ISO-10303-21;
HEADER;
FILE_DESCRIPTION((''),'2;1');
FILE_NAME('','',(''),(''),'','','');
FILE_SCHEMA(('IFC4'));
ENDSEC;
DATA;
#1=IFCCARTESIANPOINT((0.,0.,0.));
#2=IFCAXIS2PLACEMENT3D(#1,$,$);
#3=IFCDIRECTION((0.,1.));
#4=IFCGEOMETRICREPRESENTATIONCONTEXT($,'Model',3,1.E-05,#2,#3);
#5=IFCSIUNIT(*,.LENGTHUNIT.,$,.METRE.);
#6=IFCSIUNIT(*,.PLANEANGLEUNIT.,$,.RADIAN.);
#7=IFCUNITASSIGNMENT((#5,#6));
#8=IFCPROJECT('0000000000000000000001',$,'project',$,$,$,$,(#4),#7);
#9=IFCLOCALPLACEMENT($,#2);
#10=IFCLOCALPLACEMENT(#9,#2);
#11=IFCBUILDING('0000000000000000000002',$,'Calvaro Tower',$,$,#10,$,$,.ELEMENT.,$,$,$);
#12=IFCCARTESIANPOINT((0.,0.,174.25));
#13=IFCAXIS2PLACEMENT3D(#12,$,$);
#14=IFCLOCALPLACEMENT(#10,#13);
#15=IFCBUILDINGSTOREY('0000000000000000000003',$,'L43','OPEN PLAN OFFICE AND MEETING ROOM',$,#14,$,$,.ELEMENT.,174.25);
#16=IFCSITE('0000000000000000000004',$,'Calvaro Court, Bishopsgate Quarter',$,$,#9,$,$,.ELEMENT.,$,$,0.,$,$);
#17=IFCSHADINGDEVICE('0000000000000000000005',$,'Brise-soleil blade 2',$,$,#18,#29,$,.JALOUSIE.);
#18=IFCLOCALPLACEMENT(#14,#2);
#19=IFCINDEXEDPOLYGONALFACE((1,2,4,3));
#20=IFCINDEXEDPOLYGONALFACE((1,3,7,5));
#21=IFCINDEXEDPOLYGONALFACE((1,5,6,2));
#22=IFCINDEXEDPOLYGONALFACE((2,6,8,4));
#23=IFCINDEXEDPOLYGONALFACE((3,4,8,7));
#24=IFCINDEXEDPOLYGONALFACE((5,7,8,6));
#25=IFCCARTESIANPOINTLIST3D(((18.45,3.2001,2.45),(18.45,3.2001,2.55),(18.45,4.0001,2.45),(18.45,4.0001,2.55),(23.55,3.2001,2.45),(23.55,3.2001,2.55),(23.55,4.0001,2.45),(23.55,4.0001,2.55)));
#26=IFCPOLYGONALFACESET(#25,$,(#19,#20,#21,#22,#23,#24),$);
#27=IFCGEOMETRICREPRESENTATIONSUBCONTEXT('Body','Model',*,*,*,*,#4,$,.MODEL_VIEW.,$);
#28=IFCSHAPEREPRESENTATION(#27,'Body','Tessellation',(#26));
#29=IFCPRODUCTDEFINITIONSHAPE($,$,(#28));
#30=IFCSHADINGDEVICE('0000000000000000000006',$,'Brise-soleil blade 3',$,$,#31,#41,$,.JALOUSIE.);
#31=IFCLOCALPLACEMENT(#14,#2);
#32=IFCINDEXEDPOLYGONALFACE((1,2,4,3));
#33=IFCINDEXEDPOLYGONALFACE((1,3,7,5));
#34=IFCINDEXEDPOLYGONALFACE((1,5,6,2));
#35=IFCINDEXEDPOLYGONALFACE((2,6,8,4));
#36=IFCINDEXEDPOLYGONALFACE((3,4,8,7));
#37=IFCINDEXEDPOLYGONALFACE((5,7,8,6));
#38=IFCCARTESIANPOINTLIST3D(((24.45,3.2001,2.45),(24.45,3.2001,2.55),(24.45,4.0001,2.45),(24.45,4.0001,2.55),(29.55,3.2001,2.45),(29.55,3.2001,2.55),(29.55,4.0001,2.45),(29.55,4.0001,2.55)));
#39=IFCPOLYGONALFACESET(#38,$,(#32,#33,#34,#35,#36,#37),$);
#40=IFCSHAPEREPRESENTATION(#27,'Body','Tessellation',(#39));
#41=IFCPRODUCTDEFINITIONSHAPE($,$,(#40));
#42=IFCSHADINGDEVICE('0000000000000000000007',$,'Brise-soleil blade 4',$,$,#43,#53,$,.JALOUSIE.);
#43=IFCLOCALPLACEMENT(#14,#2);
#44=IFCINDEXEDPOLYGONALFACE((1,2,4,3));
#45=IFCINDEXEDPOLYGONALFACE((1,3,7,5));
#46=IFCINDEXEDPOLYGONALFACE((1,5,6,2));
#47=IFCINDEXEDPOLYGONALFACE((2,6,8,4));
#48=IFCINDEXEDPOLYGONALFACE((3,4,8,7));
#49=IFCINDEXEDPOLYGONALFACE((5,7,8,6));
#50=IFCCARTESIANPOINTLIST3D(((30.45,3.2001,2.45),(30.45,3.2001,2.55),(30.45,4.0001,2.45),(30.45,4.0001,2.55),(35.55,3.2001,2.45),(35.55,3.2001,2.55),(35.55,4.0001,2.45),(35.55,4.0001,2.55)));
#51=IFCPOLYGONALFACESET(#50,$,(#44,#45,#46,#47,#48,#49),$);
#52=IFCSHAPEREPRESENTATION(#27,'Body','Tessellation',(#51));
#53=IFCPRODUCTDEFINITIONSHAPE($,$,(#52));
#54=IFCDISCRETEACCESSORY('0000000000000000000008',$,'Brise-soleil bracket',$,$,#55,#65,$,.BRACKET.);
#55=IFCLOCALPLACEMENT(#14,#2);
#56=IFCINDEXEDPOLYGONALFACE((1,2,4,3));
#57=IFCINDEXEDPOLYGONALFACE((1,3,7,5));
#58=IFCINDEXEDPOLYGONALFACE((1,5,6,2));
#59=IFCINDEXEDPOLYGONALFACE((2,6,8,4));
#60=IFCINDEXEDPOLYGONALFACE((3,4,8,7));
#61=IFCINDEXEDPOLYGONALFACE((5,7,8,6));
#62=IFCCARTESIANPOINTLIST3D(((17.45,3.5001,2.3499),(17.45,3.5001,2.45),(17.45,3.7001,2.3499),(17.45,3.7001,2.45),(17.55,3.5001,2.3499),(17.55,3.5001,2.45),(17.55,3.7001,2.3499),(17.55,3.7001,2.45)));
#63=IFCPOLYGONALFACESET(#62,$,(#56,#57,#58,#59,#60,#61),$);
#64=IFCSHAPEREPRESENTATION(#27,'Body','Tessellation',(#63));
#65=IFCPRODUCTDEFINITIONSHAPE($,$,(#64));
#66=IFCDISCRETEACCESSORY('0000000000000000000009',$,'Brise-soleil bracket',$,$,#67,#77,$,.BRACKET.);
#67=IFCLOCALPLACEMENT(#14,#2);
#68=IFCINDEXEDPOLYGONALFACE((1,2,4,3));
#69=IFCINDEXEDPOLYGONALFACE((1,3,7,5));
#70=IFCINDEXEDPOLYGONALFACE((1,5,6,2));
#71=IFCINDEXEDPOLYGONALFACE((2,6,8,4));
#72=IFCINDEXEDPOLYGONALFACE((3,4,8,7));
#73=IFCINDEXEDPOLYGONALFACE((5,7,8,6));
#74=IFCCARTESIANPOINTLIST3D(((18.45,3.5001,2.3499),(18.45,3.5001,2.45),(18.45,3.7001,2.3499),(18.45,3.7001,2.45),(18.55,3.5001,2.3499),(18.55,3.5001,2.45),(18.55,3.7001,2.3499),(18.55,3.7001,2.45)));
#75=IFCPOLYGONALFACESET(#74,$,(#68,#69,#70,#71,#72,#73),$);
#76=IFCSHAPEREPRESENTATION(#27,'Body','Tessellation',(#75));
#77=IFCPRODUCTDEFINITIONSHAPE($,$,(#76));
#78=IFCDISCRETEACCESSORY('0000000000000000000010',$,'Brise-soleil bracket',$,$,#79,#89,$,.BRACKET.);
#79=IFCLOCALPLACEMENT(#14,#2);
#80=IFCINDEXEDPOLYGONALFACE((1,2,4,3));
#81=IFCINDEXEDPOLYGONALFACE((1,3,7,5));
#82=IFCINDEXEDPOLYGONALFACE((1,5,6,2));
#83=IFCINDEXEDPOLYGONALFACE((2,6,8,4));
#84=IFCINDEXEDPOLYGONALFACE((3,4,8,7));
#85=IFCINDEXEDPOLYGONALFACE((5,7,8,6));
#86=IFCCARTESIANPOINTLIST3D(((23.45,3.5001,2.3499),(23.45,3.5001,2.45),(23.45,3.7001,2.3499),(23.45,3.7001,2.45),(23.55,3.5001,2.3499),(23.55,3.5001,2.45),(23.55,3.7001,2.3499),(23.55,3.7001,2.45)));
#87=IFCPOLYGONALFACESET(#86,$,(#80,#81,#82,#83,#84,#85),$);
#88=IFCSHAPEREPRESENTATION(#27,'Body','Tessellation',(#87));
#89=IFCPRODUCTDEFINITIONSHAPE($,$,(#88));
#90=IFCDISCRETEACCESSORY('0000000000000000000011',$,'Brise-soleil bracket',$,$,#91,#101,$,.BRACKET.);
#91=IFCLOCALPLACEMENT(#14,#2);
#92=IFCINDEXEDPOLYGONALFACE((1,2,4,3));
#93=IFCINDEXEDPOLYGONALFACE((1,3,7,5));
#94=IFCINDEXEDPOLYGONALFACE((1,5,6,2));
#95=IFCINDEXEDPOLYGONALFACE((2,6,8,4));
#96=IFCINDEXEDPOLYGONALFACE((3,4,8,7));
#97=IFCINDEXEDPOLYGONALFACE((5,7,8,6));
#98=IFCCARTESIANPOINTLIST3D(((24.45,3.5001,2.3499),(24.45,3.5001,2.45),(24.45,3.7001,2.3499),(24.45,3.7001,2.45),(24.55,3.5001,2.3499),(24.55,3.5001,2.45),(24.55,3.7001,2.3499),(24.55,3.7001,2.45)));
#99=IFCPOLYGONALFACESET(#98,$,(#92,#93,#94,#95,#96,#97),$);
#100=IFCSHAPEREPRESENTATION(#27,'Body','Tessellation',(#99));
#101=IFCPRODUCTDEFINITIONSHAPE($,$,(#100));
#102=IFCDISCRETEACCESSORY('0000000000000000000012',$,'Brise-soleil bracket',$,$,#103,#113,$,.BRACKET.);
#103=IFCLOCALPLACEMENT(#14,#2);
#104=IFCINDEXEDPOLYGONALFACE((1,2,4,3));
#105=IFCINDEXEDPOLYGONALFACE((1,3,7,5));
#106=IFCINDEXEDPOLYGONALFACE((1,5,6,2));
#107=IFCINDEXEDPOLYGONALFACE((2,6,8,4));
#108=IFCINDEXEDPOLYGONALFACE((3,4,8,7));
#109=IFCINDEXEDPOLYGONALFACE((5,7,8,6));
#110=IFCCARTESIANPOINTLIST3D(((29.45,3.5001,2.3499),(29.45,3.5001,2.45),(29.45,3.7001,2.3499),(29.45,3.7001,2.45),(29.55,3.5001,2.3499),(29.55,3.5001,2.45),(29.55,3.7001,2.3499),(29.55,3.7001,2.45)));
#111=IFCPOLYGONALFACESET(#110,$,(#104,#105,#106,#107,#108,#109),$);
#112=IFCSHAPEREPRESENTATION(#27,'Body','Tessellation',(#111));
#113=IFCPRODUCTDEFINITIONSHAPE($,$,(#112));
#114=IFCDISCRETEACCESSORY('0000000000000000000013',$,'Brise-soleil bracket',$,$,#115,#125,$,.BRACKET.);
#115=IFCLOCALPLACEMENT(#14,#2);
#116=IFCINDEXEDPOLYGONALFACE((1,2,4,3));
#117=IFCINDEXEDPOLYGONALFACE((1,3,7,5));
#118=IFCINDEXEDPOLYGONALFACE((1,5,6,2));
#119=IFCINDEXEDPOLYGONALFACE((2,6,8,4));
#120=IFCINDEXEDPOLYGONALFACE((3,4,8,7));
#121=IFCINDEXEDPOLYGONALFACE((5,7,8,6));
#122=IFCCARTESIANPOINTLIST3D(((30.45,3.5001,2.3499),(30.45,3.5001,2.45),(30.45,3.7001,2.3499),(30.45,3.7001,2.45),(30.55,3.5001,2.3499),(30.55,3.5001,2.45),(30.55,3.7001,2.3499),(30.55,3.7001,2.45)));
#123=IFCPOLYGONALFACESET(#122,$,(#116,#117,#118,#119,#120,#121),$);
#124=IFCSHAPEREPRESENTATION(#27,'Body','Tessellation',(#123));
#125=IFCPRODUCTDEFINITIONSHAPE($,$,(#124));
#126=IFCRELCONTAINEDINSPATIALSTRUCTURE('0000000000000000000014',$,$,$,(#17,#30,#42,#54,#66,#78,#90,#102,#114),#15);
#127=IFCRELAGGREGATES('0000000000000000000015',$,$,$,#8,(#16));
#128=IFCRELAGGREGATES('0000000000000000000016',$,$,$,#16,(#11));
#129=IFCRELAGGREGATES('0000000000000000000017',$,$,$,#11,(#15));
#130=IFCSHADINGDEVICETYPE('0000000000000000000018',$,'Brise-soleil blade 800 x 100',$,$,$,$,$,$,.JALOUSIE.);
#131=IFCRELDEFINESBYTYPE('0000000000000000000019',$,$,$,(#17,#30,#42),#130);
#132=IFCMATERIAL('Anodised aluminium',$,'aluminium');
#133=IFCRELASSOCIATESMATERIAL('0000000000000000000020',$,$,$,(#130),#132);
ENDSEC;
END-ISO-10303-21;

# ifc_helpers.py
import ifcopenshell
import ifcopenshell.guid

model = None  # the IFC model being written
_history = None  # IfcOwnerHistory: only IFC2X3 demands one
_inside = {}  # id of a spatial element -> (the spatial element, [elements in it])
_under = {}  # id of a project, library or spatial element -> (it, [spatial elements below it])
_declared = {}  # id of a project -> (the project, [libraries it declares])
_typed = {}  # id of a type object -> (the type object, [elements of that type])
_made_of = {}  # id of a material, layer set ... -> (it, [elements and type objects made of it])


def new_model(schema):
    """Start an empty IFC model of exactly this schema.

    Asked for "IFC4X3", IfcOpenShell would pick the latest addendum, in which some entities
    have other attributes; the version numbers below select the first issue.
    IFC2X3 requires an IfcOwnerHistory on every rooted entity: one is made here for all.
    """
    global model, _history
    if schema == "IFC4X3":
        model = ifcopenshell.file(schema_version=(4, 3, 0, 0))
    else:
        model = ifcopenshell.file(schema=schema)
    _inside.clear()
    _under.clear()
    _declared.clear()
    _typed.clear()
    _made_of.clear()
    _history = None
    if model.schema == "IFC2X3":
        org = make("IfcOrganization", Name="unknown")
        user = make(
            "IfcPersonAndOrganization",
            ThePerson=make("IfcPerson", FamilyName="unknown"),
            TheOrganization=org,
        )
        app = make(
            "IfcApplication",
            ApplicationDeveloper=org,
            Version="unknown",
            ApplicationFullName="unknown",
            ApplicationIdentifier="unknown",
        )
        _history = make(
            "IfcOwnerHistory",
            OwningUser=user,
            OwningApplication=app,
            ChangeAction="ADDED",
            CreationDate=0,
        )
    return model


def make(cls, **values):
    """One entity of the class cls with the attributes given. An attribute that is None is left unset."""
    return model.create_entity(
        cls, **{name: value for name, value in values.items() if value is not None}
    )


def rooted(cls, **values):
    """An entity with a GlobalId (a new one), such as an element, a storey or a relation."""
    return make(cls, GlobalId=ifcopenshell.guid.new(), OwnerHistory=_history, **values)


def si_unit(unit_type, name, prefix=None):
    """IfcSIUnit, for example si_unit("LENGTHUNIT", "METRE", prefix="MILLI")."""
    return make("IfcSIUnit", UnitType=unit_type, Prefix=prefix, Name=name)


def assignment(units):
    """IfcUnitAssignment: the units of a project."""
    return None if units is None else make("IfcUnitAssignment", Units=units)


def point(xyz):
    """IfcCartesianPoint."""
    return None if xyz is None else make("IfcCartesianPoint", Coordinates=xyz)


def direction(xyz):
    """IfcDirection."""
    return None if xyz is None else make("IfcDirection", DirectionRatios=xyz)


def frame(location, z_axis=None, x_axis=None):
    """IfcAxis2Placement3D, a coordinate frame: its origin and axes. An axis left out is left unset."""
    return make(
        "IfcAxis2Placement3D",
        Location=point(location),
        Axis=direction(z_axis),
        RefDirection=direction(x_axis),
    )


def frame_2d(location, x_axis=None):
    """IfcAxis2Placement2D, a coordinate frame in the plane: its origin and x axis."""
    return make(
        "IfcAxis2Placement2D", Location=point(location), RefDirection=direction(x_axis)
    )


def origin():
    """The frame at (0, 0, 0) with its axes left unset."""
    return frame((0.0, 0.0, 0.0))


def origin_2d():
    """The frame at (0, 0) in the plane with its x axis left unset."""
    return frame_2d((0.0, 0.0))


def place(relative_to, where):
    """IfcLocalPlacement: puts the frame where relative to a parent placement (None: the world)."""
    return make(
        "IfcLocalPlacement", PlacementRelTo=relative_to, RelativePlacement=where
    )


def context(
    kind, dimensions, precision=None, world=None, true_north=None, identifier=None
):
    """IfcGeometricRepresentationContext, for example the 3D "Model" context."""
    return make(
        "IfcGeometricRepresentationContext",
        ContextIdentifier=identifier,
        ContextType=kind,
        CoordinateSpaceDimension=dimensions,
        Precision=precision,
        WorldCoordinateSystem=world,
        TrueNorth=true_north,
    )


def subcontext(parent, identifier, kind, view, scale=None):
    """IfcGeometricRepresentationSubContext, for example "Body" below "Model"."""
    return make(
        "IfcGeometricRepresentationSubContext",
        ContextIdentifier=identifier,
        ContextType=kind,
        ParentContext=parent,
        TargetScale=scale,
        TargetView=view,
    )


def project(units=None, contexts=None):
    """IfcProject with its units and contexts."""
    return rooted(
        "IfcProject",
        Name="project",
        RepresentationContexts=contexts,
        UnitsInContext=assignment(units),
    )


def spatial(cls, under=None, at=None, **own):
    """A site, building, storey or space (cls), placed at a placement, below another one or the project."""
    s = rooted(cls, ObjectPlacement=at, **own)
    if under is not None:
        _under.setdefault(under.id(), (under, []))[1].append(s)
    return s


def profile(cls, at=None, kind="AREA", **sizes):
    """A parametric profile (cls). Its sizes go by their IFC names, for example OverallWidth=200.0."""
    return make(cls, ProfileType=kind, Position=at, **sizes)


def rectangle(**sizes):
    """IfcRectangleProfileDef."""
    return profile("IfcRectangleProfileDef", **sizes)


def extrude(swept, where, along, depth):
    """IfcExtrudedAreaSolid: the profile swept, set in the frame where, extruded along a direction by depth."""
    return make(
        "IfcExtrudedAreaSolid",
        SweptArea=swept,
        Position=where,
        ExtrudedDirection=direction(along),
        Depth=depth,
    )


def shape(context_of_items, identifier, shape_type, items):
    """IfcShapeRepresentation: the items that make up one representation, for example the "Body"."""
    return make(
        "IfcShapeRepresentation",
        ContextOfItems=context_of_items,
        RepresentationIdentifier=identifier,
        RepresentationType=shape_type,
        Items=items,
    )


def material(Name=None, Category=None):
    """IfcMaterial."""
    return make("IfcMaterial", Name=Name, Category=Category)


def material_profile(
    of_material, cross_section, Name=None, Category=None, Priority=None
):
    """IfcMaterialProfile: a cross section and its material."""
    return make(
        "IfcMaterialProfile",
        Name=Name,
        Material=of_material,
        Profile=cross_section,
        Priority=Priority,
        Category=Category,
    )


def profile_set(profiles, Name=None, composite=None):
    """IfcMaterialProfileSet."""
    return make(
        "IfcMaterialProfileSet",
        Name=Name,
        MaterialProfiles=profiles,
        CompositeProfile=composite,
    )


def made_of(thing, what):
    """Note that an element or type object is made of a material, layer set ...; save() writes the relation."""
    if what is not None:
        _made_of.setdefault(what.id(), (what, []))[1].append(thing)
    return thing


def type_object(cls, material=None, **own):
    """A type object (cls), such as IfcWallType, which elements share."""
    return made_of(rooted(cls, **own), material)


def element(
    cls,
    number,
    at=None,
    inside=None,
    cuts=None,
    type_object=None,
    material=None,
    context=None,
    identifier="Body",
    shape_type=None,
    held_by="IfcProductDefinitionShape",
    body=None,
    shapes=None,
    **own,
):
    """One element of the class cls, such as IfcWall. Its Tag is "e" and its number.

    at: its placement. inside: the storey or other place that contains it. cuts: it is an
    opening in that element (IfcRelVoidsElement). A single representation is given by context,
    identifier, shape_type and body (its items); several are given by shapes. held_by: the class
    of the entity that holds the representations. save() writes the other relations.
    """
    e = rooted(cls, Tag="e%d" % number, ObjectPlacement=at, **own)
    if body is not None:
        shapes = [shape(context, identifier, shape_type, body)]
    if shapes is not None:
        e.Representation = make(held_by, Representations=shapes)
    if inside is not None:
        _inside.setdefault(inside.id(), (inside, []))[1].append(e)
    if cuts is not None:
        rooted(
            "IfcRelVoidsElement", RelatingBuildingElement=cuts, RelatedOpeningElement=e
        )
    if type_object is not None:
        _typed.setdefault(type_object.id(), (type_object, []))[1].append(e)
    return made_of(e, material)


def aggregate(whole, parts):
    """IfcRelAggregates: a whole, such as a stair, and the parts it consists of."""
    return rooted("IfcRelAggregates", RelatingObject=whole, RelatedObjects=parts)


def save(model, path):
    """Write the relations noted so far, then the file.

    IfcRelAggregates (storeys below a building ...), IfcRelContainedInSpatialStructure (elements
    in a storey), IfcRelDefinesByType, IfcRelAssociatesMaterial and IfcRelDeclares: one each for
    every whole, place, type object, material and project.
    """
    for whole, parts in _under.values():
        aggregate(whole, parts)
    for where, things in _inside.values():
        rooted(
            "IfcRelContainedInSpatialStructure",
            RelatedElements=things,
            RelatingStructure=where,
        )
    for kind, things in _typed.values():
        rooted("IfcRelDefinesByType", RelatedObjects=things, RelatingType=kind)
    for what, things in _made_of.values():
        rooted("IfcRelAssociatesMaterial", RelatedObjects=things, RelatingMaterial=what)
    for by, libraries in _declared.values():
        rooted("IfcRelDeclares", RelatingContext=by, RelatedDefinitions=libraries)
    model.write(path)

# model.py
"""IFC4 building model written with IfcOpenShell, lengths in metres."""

from ifc_helpers import new_model, si_unit, direction, frame, origin, origin_2d, place, context, subcontext, project, spatial, rectangle, extrude, material, material_profile, profile_set, type_object, element, save


model = new_model("IFC4")

# Units and contexts
model_context = context("Model", 3, precision=1e-05, world=origin(), true_north=direction((0.0, 1.0)))
body_context = subcontext(model_context, "Body", "Model", "MODEL_VIEW")
ifc_project = project(units=[si_unit("LENGTHUNIT", "METRE"), si_unit("PLANEANGLEUNIT", "RADIAN")], contexts=[model_context])

# Site, building, storey
site_placement = place(None, origin())
site = spatial("IfcSite", under=ifc_project, at=site_placement, Name="Calvaro Court, Bishopsgate Quarter", CompositionType="ELEMENT", RefElevation=0.0)
building_placement = place(site_placement, origin())
building = spatial("IfcBuilding", under=site, at=building_placement, Name="Calvaro Tower", CompositionType="ELEMENT")
storey_placement = place(building_placement, frame((0.0, 0.0, 174.25)))
storey = spatial("IfcBuildingStorey", under=building, at=storey_placement, Name="L43", Description="OPEN PLAN OFFICE AND MEETING ROOM", CompositionType="ELEMENT", Elevation=174.25)

# Shading devices
ifc_material_1 = material(Name="Anodised aluminium", Category="aluminium")
ifc_material_profile_1 = material_profile(ifc_material_1, rectangle(XDim=0.8, YDim=0.1001, at=origin_2d()), Name="Brise-soleil blade 800 x 100")
ifc_profile_set_1 = profile_set([ifc_material_profile_1], Name="Anodised aluminium")
shading_device_type = type_object("IfcShadingDeviceType", Name="Brise-soleil blade 800 x 100", PredefinedType="JALOUSIE", material=ifc_profile_set_1)
for number, where, z_axis, x_axis, name in (
    (1, (18.45, 3.6001, 2.5), (1.0, 0.0, 0.0), (0.0, 1.0, 0.0), "Brise-soleil blade 2"),
    (2, (24.45, 3.6001, 2.5), (1.0, 0.0, 0.0), (0.0, 1.0, 0.0), "Brise-soleil blade 3"),
    (3, (30.45, 3.6001, 2.5), (1.0, 0.0, 0.0), (0.0, 1.0, 0.0), "Brise-soleil blade 4"),
):
    element("IfcShadingDevice", number, at=place(storey_placement, frame(where, z_axis=z_axis, x_axis=x_axis)), inside=storey, type_object=shading_device_type, Name=name, PredefinedType="JALOUSIE", context=body_context, shape_type="SweptSolid", body=[
        extrude(rectangle(XDim=0.8, YDim=0.1001, at=origin_2d()), origin(), (0.0, 0.0, 1.0), 5.1001),
    ])

# Discrete accessories
for number, where, z_axis, x_axis, name in (
    (4, (17.5, 3.6001, 2.3499), (0.0, 0.0, 1.0), (1.0, 0.0, 0.0), "Brise-soleil bracket"),
    (5, (18.5, 3.6001, 2.3499), (0.0, 0.0, 1.0), (1.0, 0.0, 0.0), "Brise-soleil bracket"),
    (6, (23.5, 3.6001, 2.3499), (0.0, 0.0, 1.0), (1.0, 0.0, 0.0), "Brise-soleil bracket"),
    (7, (24.5, 3.6001, 2.3499), (0.0, 0.0, 1.0), (1.0, 0.0, 0.0), "Brise-soleil bracket"),
    (8, (29.5, 3.6001, 2.3499), (0.0, 0.0, 1.0), (1.0, 0.0, 0.0), "Brise-soleil bracket"),
    (9, (30.5, 3.6001, 2.3499), (0.0, 0.0, 1.0), (1.0, 0.0, 0.0), "Brise-soleil bracket"),
):
    element("IfcDiscreteAccessory", number, at=place(storey_placement, frame(where, z_axis=z_axis, x_axis=x_axis)), inside=storey, Name=name, PredefinedType="BRACKET", context=body_context, shape_type="SweptSolid", body=[
        extrude(rectangle(XDim=0.1001, YDim=0.2, at=origin_2d()), origin(), (0.0, 0.0, 1.0), 0.1001),
    ])

save(model, "model.ifc")
